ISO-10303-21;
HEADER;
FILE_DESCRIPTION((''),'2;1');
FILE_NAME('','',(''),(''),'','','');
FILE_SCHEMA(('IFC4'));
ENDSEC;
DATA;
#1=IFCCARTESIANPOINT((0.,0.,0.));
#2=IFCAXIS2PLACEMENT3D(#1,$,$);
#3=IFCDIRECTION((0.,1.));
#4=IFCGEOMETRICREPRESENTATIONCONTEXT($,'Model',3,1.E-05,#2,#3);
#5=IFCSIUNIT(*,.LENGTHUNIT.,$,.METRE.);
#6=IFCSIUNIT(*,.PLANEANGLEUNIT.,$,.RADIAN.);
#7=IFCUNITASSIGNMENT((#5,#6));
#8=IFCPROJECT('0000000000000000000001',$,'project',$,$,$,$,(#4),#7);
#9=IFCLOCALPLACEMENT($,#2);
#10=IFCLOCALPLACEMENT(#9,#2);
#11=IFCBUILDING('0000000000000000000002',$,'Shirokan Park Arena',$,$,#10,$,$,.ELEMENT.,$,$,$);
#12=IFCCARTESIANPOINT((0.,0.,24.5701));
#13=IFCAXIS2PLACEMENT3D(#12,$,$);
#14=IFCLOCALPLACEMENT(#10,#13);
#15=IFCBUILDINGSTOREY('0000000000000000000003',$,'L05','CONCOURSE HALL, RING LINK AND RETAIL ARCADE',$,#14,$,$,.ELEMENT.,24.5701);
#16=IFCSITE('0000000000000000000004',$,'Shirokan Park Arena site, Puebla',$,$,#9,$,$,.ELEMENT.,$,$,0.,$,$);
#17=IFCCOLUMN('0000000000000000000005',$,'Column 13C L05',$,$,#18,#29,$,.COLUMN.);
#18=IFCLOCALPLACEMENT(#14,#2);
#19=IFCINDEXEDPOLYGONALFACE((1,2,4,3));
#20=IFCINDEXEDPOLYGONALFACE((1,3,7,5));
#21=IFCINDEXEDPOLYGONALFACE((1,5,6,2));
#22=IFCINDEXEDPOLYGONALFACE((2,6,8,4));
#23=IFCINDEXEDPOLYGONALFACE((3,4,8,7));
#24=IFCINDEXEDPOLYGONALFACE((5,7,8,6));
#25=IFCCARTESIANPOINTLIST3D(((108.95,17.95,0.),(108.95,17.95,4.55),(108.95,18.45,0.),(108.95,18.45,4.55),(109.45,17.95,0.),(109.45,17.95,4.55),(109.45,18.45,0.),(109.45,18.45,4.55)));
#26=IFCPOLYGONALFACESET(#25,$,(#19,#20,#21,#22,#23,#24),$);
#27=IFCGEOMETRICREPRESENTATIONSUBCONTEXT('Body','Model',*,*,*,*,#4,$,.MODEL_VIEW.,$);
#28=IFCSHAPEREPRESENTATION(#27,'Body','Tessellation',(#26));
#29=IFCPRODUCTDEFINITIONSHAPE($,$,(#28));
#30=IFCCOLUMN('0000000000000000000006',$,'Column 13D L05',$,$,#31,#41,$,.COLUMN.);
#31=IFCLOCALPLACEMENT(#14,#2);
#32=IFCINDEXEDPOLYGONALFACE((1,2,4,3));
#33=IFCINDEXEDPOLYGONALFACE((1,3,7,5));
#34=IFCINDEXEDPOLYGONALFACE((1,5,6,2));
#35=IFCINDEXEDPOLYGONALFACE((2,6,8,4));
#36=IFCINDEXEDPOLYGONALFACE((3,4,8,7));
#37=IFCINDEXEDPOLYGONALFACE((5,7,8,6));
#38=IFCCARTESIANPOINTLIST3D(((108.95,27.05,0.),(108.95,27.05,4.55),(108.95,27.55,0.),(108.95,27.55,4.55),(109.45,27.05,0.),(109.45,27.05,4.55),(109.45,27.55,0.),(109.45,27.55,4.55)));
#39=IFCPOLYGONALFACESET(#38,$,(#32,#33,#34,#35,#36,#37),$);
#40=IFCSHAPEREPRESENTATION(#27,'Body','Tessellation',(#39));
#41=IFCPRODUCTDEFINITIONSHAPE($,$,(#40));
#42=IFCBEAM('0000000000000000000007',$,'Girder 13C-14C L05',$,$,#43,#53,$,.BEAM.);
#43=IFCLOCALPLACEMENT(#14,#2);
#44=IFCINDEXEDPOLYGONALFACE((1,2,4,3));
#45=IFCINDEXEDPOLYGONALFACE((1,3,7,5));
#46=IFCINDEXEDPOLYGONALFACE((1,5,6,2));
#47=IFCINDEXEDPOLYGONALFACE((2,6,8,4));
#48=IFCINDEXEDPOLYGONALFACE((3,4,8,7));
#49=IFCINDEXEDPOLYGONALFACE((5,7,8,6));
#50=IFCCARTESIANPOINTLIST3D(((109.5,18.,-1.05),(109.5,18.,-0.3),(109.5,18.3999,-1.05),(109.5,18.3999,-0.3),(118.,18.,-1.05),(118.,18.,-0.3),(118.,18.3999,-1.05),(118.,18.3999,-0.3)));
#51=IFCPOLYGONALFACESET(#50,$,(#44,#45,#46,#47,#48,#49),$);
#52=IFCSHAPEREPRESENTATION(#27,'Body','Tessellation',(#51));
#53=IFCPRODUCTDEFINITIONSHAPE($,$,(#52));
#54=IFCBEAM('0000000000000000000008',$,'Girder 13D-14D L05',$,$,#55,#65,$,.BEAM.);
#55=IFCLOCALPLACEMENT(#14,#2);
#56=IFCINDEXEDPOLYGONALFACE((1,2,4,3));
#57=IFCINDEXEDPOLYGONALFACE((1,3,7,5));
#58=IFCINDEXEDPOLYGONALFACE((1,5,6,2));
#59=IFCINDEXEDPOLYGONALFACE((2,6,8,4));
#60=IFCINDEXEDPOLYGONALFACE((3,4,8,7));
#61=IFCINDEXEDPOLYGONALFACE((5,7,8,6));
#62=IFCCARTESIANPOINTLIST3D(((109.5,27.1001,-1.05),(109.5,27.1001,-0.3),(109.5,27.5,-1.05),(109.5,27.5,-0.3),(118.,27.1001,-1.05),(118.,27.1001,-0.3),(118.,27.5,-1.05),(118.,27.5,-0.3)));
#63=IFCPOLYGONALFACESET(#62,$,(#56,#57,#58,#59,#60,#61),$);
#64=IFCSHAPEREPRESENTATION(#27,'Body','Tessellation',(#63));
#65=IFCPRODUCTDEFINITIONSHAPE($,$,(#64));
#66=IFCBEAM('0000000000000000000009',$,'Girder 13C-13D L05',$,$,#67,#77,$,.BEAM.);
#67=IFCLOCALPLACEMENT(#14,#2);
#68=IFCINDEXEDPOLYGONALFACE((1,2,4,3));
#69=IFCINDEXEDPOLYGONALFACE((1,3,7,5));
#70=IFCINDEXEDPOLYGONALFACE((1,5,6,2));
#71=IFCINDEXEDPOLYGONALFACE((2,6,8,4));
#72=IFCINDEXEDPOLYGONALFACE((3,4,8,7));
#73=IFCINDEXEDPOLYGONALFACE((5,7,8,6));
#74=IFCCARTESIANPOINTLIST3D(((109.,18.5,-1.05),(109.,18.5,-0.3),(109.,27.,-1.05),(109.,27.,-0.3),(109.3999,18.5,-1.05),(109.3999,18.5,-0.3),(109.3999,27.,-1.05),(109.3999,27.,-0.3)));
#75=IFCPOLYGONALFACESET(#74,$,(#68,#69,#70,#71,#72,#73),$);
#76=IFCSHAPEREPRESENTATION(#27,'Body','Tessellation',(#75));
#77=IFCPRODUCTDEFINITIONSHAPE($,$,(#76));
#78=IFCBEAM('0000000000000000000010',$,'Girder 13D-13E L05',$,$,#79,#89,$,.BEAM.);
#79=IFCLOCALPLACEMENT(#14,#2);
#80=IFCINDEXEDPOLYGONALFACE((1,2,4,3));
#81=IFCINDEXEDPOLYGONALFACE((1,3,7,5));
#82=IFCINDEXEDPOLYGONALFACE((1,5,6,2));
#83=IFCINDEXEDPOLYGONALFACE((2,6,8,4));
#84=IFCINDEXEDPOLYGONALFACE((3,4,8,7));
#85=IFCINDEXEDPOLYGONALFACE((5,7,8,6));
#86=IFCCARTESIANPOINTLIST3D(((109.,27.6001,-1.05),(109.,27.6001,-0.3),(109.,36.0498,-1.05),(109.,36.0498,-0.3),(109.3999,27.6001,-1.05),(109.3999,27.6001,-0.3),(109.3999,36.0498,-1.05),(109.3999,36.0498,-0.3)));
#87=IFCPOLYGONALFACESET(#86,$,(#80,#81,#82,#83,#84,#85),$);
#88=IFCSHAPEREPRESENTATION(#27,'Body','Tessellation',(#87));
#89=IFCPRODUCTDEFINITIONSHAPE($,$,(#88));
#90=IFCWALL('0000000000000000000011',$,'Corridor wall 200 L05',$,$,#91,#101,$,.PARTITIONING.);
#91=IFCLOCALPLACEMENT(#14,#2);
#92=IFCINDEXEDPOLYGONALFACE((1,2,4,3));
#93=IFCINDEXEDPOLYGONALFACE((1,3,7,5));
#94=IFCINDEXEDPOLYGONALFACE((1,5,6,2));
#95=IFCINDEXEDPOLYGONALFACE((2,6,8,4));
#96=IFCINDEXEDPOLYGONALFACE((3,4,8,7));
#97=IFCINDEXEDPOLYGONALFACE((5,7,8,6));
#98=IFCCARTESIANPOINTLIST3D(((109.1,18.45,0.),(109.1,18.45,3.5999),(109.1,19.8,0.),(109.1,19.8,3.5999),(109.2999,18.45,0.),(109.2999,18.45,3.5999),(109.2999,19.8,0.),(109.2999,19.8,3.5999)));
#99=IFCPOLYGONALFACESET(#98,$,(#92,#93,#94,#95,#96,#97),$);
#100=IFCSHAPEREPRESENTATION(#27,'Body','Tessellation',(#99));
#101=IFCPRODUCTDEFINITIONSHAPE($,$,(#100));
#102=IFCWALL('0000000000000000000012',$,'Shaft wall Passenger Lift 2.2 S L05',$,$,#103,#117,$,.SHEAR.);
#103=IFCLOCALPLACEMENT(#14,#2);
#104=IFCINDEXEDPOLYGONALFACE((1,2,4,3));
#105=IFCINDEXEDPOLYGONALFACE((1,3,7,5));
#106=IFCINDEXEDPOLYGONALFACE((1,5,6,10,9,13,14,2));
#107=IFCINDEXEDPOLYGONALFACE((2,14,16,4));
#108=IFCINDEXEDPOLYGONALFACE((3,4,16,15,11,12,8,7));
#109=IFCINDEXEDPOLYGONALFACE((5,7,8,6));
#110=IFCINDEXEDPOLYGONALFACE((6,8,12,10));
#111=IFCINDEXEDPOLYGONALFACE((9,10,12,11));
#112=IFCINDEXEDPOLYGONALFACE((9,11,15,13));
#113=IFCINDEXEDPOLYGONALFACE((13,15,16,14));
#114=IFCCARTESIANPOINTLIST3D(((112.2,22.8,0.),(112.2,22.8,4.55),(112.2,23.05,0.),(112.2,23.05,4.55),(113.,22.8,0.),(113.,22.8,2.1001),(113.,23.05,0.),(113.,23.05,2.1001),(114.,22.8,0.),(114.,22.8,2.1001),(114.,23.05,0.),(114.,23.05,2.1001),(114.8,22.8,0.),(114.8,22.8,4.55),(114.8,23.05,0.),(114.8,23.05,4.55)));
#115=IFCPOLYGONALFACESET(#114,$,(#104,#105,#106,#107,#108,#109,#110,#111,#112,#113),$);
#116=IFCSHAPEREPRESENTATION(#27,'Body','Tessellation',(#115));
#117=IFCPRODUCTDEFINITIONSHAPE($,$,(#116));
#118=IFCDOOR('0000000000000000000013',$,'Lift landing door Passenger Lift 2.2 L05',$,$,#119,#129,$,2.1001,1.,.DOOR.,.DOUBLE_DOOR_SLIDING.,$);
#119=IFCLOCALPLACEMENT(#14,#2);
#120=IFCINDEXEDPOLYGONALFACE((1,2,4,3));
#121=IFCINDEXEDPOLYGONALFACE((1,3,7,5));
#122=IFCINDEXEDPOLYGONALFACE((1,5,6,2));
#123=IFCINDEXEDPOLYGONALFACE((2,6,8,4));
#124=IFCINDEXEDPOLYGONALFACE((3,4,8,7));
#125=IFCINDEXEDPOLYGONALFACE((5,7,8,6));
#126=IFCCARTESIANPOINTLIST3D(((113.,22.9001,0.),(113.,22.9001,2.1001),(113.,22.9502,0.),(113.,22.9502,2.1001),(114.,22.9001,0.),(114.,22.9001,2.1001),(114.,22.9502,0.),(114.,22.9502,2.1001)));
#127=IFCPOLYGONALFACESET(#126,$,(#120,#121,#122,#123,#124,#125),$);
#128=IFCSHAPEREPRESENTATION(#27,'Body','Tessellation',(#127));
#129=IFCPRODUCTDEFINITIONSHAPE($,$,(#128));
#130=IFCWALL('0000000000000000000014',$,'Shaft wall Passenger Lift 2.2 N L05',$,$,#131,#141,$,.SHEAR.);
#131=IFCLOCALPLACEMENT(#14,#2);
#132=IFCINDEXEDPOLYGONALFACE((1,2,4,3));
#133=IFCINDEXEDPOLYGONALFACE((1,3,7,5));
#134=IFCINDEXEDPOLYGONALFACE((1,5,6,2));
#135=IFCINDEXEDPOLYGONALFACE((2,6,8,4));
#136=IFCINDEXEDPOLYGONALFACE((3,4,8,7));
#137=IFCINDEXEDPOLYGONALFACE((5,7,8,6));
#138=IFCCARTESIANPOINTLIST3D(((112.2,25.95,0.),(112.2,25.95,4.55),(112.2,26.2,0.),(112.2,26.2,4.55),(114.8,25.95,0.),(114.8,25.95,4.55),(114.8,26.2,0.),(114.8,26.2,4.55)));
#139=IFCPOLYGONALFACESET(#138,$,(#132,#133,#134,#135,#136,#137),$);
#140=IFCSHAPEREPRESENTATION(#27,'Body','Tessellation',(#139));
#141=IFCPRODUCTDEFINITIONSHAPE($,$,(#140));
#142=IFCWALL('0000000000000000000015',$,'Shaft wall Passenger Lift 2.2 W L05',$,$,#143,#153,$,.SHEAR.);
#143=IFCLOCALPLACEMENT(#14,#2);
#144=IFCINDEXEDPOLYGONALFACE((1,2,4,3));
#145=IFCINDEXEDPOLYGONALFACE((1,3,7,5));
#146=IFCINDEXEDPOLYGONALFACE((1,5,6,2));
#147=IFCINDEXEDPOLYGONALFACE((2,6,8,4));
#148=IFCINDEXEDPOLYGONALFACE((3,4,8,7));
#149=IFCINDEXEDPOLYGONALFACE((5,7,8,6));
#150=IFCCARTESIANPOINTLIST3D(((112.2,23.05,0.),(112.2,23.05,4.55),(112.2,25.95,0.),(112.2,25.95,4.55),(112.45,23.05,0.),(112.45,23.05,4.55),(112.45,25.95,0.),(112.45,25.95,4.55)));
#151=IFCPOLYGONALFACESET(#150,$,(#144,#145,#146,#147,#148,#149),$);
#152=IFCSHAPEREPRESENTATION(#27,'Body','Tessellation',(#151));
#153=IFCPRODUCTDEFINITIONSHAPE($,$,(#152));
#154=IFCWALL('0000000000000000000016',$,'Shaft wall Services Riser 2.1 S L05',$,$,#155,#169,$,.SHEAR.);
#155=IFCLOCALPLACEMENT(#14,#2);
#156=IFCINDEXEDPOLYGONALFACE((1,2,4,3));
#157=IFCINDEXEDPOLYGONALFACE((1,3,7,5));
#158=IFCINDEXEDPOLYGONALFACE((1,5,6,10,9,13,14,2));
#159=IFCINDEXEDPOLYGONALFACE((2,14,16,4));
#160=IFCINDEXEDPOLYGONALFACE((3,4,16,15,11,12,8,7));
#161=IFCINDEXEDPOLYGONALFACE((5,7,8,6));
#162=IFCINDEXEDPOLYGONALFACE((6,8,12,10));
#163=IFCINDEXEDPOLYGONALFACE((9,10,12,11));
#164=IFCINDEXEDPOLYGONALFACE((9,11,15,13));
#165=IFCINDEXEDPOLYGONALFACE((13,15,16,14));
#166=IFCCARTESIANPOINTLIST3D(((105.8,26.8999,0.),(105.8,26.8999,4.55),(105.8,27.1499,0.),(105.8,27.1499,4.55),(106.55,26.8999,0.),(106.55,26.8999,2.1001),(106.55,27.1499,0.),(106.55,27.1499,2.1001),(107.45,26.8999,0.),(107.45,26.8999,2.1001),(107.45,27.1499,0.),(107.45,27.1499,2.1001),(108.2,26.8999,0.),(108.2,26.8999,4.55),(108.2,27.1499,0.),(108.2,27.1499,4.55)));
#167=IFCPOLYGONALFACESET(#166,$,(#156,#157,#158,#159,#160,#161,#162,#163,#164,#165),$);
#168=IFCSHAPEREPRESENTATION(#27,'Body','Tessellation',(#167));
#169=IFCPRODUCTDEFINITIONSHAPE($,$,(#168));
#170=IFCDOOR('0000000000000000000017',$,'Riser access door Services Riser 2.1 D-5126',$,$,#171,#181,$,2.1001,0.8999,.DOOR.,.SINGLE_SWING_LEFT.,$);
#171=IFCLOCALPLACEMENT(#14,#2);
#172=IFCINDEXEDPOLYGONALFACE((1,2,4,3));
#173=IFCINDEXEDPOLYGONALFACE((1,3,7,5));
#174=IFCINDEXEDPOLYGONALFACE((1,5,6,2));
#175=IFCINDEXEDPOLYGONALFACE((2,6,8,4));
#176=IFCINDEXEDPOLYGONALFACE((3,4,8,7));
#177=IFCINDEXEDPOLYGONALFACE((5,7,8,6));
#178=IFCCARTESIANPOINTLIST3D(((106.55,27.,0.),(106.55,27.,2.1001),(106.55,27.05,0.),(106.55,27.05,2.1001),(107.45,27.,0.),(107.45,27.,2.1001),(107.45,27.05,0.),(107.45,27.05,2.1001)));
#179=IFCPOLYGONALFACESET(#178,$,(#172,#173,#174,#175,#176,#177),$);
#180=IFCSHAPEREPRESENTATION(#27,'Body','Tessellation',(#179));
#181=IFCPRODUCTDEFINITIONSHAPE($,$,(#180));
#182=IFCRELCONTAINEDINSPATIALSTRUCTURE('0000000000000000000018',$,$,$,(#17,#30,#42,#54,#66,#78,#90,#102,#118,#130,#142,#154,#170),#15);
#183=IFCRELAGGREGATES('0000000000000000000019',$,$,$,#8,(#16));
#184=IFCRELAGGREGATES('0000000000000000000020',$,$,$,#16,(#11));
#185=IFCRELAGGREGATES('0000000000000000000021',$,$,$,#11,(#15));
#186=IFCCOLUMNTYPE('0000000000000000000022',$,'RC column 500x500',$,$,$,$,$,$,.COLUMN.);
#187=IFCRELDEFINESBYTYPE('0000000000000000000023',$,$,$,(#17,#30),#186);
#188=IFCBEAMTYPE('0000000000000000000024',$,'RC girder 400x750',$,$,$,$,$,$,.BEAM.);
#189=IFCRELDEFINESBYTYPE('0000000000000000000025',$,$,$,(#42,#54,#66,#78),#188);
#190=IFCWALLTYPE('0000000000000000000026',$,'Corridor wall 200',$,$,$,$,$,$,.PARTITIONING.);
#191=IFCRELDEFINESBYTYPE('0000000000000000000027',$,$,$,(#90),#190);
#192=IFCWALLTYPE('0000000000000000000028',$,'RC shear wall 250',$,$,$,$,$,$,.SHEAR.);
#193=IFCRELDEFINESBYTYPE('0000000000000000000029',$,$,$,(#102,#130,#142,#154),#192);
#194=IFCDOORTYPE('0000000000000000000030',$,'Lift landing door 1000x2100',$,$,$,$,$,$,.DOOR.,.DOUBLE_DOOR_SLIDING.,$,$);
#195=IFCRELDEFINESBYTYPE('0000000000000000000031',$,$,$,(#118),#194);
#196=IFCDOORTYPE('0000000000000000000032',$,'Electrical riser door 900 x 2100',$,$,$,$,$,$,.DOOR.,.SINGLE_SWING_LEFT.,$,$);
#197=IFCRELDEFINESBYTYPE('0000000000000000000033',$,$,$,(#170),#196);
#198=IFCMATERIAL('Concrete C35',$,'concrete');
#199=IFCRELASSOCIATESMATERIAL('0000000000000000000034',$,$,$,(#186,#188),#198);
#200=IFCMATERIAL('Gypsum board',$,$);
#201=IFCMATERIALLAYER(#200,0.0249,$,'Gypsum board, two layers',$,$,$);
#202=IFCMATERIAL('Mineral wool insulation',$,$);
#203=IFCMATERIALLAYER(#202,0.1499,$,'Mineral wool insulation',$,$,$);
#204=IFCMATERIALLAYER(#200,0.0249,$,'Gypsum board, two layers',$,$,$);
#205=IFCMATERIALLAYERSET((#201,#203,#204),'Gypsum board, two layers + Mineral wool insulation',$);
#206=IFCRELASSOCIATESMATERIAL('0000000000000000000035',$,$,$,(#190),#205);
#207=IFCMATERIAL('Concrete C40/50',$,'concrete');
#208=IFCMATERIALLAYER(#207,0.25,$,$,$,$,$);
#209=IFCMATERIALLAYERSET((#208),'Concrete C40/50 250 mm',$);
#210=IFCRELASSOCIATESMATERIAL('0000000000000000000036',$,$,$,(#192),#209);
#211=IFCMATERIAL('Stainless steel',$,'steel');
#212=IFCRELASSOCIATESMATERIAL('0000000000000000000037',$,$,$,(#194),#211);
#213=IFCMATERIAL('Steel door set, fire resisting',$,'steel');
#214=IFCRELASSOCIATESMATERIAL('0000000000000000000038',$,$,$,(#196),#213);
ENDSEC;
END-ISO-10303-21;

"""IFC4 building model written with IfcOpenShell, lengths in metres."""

from ifc_helpers import new_model, si_unit, direction, frame, frame_2d, origin, origin_2d, place, context, subcontext, project, spatial, rectangle, extrude, material, layer, layer_set, material_profile, profile_set, type_object, element, fill, save


model = new_model("IFC4")

# Units and contexts
model_context = context("Model", 3, precision=1e-05, world=origin(), true_north=direction((0.0, 1.0)))
body_context = subcontext(model_context, "Body", "Model", "MODEL_VIEW")
ifc_project = project(units=[si_unit("LENGTHUNIT", "METRE"), si_unit("PLANEANGLEUNIT", "RADIAN")], contexts=[model_context])

# Site, building, storey
site_placement = place(None, origin())
site = spatial("IfcSite", under=ifc_project, at=site_placement, Name="Shirokan Park Arena site, Puebla", CompositionType="ELEMENT", RefElevation=0.0)
building_placement = place(site_placement, origin())
building = spatial("IfcBuilding", under=site, at=building_placement, Name="Shirokan Park Arena", CompositionType="ELEMENT")
storey_placement = place(building_placement, frame((0.0, 0.0, 24.5701)))
storey = spatial("IfcBuildingStorey", under=building, at=storey_placement, Name="L05", Description="CONCOURSE HALL, RING LINK AND RETAIL ARCADE", CompositionType="ELEMENT", Elevation=24.5701)

# Columns
ifc_material_1 = material(Name="Concrete C35", Category="concrete")
ifc_material_profile_1 = material_profile(ifc_material_1, rectangle(XDim=0.5, YDim=0.5, at=origin_2d()), Name="500x500")
ifc_profile_set_1 = profile_set([ifc_material_profile_1], Name="Concrete C35")
column_type = type_object("IfcColumnType", Name="RC column 500x500", PredefinedType="COLUMN", material=ifc_profile_set_1)
for number, where, z_axis, x_axis, name in (
    (1, (109.2, 18.2, 0.0), (0.0, 0.0, 1.0), (1.0, 0.0, 0.0), "Column 13C L05"),
    (2, (109.2, 27.3, 0.0), (0.0, 0.0, 1.0), (1.0, 0.0, 0.0), "Column 13D L05"),
):
    element("IfcColumn", number, at=place(storey_placement, frame(where, z_axis=z_axis, x_axis=x_axis)), inside=storey, type_object=column_type, Name=name, PredefinedType="COLUMN", context=body_context, shape_type="SweptSolid", body=[
        extrude(rectangle(XDim=0.5, YDim=0.5, at=origin_2d()), origin(), (0.0, 0.0, 1.0), 4.55),
    ])

# Beams
ifc_material_profile_2 = material_profile(ifc_material_1, rectangle(XDim=0.3999, YDim=0.75, at=origin_2d()), Name="400x750")
ifc_profile_set_2 = profile_set([ifc_material_profile_2], Name="Concrete C35")
beam_type = type_object("IfcBeamType", Name="RC girder 400x750", PredefinedType="BEAM", material=ifc_profile_set_2)
for number, where, z_axis, x_axis, name in (
    (3, (109.5, 18.2, -0.675), (1.0, 0.0, 0.0), (0.0, 1.0, 0.0), "Girder 13C-14C L05"),
    (4, (109.5, 27.3, -0.675), (1.0, 0.0, 0.0), (0.0, 1.0, 0.0), "Girder 13D-14D L05"),
    (5, (109.2, 18.5, -0.675), (0.0, 1.0, 0.0), (-1.0, 0.0, 0.0), "Girder 13C-13D L05"),
):
    element("IfcBeam", number, at=place(storey_placement, frame(where, z_axis=z_axis, x_axis=x_axis)), inside=storey, type_object=beam_type, Name=name, PredefinedType="BEAM", context=body_context, shape_type="SweptSolid", body=[
        extrude(rectangle(XDim=0.3999, YDim=0.75, at=origin_2d()), origin(), (0.0, 0.0, 1.0), 8.5),
    ])
beam_placement = place(storey_placement, frame((109.2, 27.6001, -0.675), z_axis=(0.0, 1.0, 0.0), x_axis=(-1.0, 0.0, 0.0)))
element("IfcBeam", 6, at=beam_placement, inside=storey, type_object=beam_type, Name="Girder 13D-13E L05", PredefinedType="BEAM", context=body_context, shape_type="SweptSolid", body=[
    extrude(rectangle(XDim=0.3999, YDim=0.75, at=origin_2d()), origin(), (0.0, 0.0, 1.0), 8.4497),
])

# Shared definitions
ifc_material_2 = material(Name="Gypsum board")
ifc_layer_1 = layer(ifc_material_2, 0.0249, Name="Gypsum board, two layers")
ifc_material_3 = material(Name="Mineral wool insulation")
ifc_layer_2 = layer(ifc_material_3, 0.1499, Name="Mineral wool insulation")
ifc_layer_3 = layer(ifc_material_2, 0.0249, Name="Gypsum board, two layers")
ifc_layer_set_1 = layer_set([ifc_layer_1, ifc_layer_2, ifc_layer_3], Name="Gypsum board, two layers + Mineral wool insulation")
wall_type_1 = type_object("IfcWallType", Name="Corridor wall 200", PredefinedType="PARTITIONING", material=ifc_layer_set_1)

# Wall
wall_1_placement = place(storey_placement, frame((109.2, 18.45, 0.0), z_axis=(0.0, 0.0, 1.0), x_axis=(0.0, 1.0, 0.0)))
element("IfcWall", 7, at=wall_1_placement, inside=storey, type_object=wall_type_1, Name="Corridor wall 200 L05", PredefinedType="PARTITIONING", context=body_context, shape_type="SweptSolid", body=[
    extrude(rectangle(XDim=1.3501, YDim=0.2, at=frame_2d((0.675, 0.0))), origin(), (0.0, 0.0, 1.0), 3.5999),
])

# Wall, opening, door
ifc_material_4 = material(Name="Concrete C40/50", Category="concrete")
ifc_layer_4 = layer(ifc_material_4, 0.25)
ifc_layer_set_2 = layer_set([ifc_layer_4], Name="Concrete C40/50 250 mm")
wall_type_2 = type_object("IfcWallType", Name="RC shear wall 250", PredefinedType="SHEAR", material=ifc_layer_set_2)
wall_2_placement = place(storey_placement, frame((114.8, 22.925, 0.0), z_axis=(0.0, 0.0, 1.0), x_axis=(-1.0, 0.0, 0.0)))
wall_2 = element("IfcWall", 8, at=wall_2_placement, inside=storey, type_object=wall_type_2, Name="Shaft wall Passenger Lift 2.2 S L05", PredefinedType="SHEAR", context=body_context, shape_type="SweptSolid", body=[
    extrude(rectangle(XDim=2.6001, YDim=0.25, at=frame_2d((1.3, 0.0))), origin(), (0.0, 0.0, 1.0), 4.55),
])
opening_1_placement = place(wall_2_placement, frame((0.8, 0.0, 0.0)))
opening_1 = element("IfcOpeningElement", 9, at=opening_1_placement, cuts=wall_2, PredefinedType="OPENING", context=body_context, shape_type="SweptSolid", body=[
    extrude(rectangle(XDim=1.0, YDim=2.1001, at=frame_2d((0.5, 1.05))), frame((0.0, 0.135, 0.0), z_axis=(0.0, -1.0, 0.0), x_axis=(1.0, 0.0, 0.0)), (0.0, 0.0, 1.0), 0.27),
])
ifc_material_5 = material(Name="Stainless steel", Category="steel")
door_type_1 = type_object("IfcDoorType", Name="Lift landing door 1000x2100", OperationType="DOUBLE_DOOR_SLIDING", PredefinedType="DOOR", material=ifc_material_5)
door_1_placement = place(opening_1_placement, origin())
door_1 = element("IfcDoor", 10, at=door_1_placement, inside=storey, type_object=door_type_1, Name="Lift landing door Passenger Lift 2.2 L05", OperationType="DOUBLE_DOOR_SLIDING", OverallHeight=2.1001, OverallWidth=1.0, PredefinedType="DOOR", context=body_context, shape_type="SweptSolid", body=[
    extrude(rectangle(XDim=1.0, YDim=2.1001, at=frame_2d((0.5, 1.05))), frame((0.0, 0.0249, 0.0), z_axis=(0.0, -1.0, 0.0), x_axis=(1.0, 0.0, 0.0)), (0.0, 0.0, 1.0), 0.05),
])
fill(opening_1, door_1)

# Walls
wall_3_placement = place(storey_placement, frame((114.8, 26.075, 0.0), z_axis=(0.0, 0.0, 1.0), x_axis=(-1.0, 0.0, 0.0)))
element("IfcWall", 11, at=wall_3_placement, inside=storey, type_object=wall_type_2, Name="Shaft wall Passenger Lift 2.2 N L05", PredefinedType="SHEAR", context=body_context, shape_type="SweptSolid", body=[
    extrude(rectangle(XDim=2.6001, YDim=0.25, at=frame_2d((1.3, 0.0))), origin(), (0.0, 0.0, 1.0), 4.55),
])
wall_4_placement = place(storey_placement, frame((112.325, 25.95, 0.0), z_axis=(0.0, 0.0, 1.0), x_axis=(0.0, -1.0, 0.0)))
element("IfcWall", 12, at=wall_4_placement, inside=storey, type_object=wall_type_2, Name="Shaft wall Passenger Lift 2.2 W L05", PredefinedType="SHEAR", context=body_context, shape_type="SweptSolid", body=[
    extrude(rectangle(XDim=2.8999, YDim=0.25, at=frame_2d((1.45, 0.0))), origin(), (0.0, 0.0, 1.0), 4.55),
])

# Wall, opening, door
wall_5_placement = place(storey_placement, frame((108.2, 27.0249, 0.0), z_axis=(0.0, 0.0, 1.0), x_axis=(-1.0, 0.0, 0.0)))
wall_5 = element("IfcWall", 13, at=wall_5_placement, inside=storey, type_object=wall_type_2, Name="Shaft wall Services Riser 2.1 S L05", PredefinedType="SHEAR", context=body_context, shape_type="SweptSolid", body=[
    extrude(rectangle(XDim=2.3999, YDim=0.25, at=frame_2d((1.2, 0.0))), origin(), (0.0, 0.0, 1.0), 4.55),
])
opening_2_placement = place(wall_5_placement, frame((0.75, 0.0, 0.0)))
opening_2 = element("IfcOpeningElement", 14, at=opening_2_placement, cuts=wall_5, PredefinedType="OPENING", context=body_context, shape_type="SweptSolid", body=[
    extrude(rectangle(XDim=0.8999, YDim=2.1001, at=frame_2d((0.45, 1.05))), frame((0.0, 0.135, 0.0), z_axis=(0.0, -1.0, 0.0), x_axis=(1.0, 0.0, 0.0)), (0.0, 0.0, 1.0), 0.27),
])
ifc_material_6 = material(Name="Steel door set, fire resisting", Category="steel")
door_type_2 = type_object("IfcDoorType", Name="Electrical riser door 900 x 2100", OperationType="SINGLE_SWING_LEFT", PredefinedType="DOOR", material=ifc_material_6)
door_2_placement = place(opening_2_placement, origin())
door_2 = element("IfcDoor", 15, at=door_2_placement, inside=storey, type_object=door_type_2, Name="Riser access door Services Riser 2.1 D-5126", OperationType="SINGLE_SWING_LEFT", OverallHeight=2.1001, OverallWidth=0.8999, PredefinedType="DOOR", context=body_context, shape_type="SweptSolid", body=[
    extrude(rectangle(XDim=0.8999, YDim=2.1001, at=frame_2d((0.45, 1.05))), frame((0.0, 0.0249, 0.0), z_axis=(0.0, -1.0, 0.0), x_axis=(1.0, 0.0, 0.0)), (0.0, 0.0, 1.0), 0.05),
])
fill(opening_2, door_2)

save(model, "model.ifc")
